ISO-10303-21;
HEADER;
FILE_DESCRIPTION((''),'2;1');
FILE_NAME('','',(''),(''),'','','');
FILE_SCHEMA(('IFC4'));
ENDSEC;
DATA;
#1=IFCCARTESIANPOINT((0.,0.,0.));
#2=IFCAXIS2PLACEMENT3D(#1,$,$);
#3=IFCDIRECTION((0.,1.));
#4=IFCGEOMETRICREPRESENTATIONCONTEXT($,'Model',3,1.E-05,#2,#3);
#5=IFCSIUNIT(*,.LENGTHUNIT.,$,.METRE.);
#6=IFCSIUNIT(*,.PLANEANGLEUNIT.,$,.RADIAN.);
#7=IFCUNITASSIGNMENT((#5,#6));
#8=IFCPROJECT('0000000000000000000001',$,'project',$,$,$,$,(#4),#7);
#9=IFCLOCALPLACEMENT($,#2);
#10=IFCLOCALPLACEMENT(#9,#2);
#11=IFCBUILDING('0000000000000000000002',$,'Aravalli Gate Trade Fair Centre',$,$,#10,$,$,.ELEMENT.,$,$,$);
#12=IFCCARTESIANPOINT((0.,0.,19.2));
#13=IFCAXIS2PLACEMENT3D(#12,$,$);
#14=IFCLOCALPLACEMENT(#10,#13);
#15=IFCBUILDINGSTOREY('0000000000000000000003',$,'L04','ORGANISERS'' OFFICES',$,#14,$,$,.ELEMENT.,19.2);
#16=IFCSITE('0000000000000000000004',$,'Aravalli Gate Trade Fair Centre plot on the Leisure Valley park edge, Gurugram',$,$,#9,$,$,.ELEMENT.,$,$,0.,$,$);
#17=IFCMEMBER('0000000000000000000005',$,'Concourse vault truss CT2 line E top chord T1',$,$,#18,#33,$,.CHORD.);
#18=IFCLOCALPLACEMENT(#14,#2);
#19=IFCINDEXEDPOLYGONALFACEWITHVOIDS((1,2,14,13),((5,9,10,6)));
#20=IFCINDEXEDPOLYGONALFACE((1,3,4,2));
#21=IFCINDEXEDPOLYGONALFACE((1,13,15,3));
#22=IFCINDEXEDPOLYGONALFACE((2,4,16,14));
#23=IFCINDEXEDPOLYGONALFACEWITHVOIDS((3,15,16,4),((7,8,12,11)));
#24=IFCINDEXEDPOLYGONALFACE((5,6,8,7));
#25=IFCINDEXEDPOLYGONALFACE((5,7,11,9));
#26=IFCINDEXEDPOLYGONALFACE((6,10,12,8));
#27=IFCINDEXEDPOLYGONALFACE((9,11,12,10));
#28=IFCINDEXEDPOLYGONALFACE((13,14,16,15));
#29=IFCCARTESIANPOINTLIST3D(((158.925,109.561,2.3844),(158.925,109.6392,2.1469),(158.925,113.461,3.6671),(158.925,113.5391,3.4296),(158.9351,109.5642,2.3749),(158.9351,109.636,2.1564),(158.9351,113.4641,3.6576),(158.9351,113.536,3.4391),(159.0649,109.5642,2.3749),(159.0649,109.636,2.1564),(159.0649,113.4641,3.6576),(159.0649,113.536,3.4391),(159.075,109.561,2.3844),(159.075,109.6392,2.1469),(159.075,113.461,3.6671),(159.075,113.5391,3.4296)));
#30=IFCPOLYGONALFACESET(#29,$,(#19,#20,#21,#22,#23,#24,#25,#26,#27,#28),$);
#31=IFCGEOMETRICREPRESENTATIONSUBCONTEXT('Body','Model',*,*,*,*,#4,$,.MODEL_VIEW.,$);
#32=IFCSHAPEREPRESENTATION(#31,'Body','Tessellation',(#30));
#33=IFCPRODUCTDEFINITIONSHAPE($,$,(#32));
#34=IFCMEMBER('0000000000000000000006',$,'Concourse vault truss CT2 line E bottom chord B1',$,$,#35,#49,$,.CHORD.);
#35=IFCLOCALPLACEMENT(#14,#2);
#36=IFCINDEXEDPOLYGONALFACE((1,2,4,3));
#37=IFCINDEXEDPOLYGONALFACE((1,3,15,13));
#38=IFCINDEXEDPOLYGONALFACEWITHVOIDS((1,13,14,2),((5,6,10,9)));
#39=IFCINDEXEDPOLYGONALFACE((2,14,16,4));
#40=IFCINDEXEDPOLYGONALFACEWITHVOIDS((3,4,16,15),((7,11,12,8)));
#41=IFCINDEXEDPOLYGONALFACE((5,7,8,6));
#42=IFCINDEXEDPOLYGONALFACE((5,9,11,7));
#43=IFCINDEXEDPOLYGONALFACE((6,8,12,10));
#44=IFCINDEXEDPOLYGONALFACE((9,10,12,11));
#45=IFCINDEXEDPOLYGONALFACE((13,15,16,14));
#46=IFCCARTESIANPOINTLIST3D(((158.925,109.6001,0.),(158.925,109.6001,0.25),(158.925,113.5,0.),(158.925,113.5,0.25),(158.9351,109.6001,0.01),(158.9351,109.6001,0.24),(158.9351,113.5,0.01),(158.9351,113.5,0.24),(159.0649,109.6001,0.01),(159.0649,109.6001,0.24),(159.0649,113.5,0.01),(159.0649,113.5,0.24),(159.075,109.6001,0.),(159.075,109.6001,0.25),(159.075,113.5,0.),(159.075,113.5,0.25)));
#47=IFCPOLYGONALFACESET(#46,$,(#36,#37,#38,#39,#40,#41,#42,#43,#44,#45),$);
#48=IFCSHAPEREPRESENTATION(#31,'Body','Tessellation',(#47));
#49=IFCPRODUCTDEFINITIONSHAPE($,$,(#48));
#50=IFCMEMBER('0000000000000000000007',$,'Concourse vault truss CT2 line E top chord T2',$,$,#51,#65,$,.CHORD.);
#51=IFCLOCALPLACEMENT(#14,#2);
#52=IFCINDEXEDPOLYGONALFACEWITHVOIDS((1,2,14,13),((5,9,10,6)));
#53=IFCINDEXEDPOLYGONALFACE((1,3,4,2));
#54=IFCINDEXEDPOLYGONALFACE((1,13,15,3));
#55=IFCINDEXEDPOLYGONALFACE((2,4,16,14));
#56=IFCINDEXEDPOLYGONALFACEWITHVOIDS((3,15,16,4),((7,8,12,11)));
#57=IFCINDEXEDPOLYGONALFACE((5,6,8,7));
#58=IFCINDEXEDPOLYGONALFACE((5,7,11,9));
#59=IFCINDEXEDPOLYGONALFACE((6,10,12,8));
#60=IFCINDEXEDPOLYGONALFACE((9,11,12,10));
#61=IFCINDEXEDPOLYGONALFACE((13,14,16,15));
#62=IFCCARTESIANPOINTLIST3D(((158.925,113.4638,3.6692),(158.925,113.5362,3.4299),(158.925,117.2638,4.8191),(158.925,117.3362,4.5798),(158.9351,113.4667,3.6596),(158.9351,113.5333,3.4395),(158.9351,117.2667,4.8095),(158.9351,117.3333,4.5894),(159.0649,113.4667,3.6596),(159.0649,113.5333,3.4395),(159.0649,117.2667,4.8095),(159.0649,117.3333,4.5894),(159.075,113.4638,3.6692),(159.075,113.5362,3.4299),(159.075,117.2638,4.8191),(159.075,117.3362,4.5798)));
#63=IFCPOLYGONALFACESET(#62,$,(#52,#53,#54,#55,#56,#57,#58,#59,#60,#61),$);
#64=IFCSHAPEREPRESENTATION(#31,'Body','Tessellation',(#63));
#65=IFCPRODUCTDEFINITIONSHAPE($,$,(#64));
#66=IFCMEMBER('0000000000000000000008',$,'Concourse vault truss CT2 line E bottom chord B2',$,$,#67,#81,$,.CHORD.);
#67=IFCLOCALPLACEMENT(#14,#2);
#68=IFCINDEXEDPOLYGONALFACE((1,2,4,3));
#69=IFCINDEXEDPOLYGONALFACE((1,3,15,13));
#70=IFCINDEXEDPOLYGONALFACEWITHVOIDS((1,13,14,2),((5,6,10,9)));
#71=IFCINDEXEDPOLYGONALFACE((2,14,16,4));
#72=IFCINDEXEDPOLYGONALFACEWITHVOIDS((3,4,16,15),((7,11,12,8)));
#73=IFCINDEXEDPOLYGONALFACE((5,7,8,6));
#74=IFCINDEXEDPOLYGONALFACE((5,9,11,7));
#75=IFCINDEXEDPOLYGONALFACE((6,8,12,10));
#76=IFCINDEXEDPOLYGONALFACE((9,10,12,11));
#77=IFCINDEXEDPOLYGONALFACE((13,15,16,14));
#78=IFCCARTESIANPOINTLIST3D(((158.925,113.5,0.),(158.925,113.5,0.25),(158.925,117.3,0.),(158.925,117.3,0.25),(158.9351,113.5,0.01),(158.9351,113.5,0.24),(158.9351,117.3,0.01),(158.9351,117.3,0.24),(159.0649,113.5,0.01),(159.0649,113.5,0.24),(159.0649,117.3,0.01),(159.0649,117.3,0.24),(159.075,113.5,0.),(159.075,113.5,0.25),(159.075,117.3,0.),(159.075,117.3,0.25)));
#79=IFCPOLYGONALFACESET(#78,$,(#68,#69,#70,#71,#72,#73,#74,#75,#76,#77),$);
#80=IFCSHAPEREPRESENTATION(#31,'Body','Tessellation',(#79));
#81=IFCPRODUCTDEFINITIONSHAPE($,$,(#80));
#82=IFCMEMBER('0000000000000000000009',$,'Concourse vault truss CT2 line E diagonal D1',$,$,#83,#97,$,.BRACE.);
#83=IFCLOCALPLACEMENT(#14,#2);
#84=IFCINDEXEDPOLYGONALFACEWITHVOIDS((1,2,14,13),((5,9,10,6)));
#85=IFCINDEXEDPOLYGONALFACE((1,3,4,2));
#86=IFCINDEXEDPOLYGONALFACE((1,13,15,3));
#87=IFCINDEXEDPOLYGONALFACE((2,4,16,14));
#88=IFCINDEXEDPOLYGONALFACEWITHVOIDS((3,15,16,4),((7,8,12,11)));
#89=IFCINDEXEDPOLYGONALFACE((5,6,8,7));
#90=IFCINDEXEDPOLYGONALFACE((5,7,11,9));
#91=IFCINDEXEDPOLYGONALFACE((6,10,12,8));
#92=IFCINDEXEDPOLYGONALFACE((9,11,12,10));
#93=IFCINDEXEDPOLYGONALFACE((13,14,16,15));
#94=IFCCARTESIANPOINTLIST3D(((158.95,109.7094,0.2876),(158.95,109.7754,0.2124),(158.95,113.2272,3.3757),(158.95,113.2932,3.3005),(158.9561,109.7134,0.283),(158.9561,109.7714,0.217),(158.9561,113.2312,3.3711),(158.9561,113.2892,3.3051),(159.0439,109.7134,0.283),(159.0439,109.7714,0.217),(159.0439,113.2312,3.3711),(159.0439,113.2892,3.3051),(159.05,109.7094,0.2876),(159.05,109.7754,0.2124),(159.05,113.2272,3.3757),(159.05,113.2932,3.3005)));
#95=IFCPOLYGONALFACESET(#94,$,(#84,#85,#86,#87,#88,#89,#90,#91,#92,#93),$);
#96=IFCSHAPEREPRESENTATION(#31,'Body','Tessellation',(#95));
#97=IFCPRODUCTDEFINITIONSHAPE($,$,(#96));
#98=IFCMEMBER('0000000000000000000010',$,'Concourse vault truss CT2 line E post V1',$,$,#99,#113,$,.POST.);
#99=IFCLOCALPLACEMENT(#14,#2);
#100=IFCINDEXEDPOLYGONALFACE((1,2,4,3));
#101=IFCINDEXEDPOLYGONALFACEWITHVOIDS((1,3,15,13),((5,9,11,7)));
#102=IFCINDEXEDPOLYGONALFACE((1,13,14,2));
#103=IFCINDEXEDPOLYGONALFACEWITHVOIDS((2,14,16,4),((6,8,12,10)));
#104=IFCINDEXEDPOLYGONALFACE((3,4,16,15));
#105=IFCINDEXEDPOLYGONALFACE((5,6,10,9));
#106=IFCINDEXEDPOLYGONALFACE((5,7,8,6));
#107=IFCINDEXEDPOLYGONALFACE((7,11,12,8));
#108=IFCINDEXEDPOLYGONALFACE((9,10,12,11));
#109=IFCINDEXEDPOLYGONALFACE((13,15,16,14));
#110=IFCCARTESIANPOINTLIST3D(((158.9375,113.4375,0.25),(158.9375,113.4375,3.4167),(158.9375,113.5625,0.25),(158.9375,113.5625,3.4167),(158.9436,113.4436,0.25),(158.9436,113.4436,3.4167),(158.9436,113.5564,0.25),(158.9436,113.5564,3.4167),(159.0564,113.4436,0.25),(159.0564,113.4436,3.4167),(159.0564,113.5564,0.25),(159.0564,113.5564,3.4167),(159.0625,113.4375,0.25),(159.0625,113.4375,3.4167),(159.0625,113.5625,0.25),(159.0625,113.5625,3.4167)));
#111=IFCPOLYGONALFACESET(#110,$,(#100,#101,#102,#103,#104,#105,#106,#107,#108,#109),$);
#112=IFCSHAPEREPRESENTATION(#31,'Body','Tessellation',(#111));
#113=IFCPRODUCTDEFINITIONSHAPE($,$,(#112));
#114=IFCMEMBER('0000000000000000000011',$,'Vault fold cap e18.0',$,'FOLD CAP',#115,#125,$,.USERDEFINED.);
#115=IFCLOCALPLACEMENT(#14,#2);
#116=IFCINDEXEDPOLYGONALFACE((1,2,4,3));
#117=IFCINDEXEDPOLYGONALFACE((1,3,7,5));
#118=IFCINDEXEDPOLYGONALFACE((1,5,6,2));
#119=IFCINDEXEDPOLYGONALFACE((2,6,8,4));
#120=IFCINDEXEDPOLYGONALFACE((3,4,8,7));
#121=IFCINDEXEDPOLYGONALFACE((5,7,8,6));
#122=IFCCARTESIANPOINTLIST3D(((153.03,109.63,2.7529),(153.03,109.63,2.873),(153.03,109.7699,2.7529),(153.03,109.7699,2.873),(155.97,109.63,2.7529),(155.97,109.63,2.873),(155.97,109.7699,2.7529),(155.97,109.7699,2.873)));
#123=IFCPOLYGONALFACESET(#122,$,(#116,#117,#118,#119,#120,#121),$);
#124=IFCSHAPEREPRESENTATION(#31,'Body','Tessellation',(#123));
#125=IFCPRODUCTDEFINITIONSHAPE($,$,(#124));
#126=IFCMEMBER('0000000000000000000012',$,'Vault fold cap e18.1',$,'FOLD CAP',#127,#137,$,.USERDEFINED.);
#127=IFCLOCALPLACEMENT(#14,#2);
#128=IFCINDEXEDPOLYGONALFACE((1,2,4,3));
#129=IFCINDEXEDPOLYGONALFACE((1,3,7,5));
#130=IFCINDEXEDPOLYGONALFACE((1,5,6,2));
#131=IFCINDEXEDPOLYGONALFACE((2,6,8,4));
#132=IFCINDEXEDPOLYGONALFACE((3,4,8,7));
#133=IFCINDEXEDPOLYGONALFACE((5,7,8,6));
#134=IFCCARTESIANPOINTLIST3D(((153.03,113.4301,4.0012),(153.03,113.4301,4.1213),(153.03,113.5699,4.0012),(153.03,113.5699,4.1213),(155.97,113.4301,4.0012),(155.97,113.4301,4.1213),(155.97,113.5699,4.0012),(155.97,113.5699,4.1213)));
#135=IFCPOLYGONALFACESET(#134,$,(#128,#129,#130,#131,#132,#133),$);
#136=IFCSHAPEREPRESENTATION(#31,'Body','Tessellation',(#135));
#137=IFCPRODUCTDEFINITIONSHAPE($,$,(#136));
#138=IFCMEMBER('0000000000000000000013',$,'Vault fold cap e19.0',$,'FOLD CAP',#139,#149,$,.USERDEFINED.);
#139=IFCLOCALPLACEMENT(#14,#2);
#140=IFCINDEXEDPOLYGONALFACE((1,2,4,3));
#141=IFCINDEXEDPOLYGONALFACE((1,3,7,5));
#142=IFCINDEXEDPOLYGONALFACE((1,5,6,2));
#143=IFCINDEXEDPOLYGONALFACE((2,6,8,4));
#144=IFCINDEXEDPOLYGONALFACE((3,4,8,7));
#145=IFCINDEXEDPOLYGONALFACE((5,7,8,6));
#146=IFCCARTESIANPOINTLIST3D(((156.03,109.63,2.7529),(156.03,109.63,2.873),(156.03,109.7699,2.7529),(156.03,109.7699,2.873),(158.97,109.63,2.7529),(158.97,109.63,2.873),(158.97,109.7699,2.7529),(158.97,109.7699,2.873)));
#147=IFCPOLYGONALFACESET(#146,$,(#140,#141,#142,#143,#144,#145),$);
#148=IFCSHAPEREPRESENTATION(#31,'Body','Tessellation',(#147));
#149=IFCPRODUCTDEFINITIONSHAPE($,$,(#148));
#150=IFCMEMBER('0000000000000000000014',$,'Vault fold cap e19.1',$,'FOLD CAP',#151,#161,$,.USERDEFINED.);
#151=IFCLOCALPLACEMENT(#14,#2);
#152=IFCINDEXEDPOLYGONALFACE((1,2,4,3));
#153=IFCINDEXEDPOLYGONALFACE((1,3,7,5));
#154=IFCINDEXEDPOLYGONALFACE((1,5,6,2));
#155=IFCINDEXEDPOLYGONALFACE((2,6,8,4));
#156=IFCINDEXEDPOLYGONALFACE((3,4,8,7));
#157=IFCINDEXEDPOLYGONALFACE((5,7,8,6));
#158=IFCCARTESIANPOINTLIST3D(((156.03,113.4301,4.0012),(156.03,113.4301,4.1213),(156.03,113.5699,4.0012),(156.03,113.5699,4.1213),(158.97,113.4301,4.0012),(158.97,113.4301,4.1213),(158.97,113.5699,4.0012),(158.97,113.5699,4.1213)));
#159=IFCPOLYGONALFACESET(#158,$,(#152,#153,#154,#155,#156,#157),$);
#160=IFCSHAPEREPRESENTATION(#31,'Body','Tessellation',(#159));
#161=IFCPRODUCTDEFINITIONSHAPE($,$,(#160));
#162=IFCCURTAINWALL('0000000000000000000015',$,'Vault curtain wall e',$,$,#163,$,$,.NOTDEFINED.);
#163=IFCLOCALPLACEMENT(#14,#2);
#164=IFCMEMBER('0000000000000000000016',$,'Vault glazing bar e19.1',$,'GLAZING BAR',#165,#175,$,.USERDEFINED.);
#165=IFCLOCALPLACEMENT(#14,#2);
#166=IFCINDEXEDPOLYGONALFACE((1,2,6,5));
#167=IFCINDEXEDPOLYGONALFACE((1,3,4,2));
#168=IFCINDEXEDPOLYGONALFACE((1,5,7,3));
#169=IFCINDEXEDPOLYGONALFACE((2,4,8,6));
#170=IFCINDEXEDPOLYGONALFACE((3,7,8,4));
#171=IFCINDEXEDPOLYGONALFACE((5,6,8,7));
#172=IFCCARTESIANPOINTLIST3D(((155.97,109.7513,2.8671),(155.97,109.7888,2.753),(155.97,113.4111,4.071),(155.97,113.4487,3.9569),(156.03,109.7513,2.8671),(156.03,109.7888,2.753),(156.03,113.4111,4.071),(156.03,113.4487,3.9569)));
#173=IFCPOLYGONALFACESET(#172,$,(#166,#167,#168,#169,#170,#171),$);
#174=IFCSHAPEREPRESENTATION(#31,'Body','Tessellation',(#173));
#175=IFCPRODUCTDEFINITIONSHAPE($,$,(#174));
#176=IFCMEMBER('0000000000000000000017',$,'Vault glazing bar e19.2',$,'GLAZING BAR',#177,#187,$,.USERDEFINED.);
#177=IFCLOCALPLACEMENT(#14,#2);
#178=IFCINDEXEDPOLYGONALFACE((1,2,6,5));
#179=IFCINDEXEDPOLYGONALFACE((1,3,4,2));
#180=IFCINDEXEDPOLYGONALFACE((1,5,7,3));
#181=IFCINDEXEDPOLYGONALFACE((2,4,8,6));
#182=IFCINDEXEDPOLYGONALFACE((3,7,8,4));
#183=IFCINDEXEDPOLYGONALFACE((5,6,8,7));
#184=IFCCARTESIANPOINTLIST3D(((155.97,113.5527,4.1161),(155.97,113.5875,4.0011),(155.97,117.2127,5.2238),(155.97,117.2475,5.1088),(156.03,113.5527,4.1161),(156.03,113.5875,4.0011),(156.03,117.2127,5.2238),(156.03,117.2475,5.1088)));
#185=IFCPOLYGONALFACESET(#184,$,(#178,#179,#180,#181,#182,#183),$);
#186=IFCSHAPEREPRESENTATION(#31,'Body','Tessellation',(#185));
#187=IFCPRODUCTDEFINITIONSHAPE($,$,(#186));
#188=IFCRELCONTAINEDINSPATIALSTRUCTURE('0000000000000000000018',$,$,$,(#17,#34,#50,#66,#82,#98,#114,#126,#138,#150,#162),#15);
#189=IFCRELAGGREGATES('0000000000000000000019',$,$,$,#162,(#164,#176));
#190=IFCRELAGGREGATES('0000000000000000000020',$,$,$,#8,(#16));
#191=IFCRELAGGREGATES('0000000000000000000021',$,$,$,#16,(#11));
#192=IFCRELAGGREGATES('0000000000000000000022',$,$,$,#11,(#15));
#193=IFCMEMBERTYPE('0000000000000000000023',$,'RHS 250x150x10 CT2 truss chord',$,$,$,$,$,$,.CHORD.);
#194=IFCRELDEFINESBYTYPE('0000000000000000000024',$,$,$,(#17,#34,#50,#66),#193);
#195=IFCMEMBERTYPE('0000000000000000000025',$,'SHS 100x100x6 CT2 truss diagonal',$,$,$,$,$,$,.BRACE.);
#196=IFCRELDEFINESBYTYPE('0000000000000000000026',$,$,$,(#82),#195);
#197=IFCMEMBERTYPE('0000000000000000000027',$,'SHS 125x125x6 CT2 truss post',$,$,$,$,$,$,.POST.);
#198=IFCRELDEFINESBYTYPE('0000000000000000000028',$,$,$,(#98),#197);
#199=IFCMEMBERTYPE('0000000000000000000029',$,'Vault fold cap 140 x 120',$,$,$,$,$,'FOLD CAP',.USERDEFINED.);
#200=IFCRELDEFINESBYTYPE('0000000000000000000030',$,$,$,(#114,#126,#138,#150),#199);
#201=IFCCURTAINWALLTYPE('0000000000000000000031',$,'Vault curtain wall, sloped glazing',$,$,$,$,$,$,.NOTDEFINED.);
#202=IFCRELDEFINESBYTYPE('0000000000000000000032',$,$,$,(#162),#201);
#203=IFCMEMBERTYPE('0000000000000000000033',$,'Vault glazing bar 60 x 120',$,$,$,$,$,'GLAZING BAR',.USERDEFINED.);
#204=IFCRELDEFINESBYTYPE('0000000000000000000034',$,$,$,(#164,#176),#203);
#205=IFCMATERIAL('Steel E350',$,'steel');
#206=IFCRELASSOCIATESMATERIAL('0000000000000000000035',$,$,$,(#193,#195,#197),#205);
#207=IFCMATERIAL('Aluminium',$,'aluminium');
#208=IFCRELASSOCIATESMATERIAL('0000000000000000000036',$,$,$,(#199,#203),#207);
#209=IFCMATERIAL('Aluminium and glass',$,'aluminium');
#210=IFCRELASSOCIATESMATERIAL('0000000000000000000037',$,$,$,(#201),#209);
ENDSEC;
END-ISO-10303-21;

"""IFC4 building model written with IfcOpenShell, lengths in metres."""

from ifc_helpers import new_model, si_unit, direction, frame, origin, origin_2d, place, context, subcontext, project, spatial, rectangle, hollow_rectangle, extrude, material, material_profile, profile_set, type_object, element, aggregate, save


model = new_model("IFC4")

# Units and contexts
model_context = context("Model", 3, precision=1e-05, world=origin(), true_north=direction((0.0, 1.0)))
body_context = subcontext(model_context, "Body", "Model", "MODEL_VIEW")
ifc_project = project(units=[si_unit("LENGTHUNIT", "METRE"), si_unit("PLANEANGLEUNIT", "RADIAN")], contexts=[model_context])

# Site, building, storey
site_placement = place(None, origin())
site = spatial("IfcSite", under=ifc_project, at=site_placement, Name="Aravalli Gate Trade Fair Centre plot on the Leisure Valley park edge, Gurugram", CompositionType="ELEMENT", RefElevation=0.0)
building_placement = place(site_placement, origin())
building = spatial("IfcBuilding", under=site, at=building_placement, Name="Aravalli Gate Trade Fair Centre", CompositionType="ELEMENT")
storey_placement = place(building_placement, frame((0.0, 0.0, 19.2)))
storey = spatial("IfcBuildingStorey", under=building, at=storey_placement, Name="L04", Description="ORGANISERS' OFFICES", CompositionType="ELEMENT", Elevation=19.2)

# Members
ifc_material_1 = material(Name="Steel E350", Category="steel")
ifc_material_profile_1 = material_profile(ifc_material_1, hollow_rectangle(XDim=0.1499, YDim=0.25, WallThickness=0.01, at=origin_2d()), Name="RHS 250x150x10")
ifc_profile_set_1 = profile_set([ifc_material_profile_1], Name="Steel E350")
member_type_1 = type_object("IfcMemberType", Name="RHS 250x150x10 CT2 truss chord", PredefinedType="CHORD", material=ifc_profile_set_1)
member_1_placement = place(storey_placement, frame((159.0, 109.6001, 2.2656), z_axis=(0.0, 0.949936, 0.312443), x_axis=(-1.0, 0.0, 0.0)))
element("IfcMember", 1, at=member_1_placement, inside=storey, type_object=member_type_1, Name="Concourse vault truss CT2 line E top chord T1", PredefinedType="CHORD", context=body_context, shape_type="SweptSolid", body=[
    extrude(hollow_rectangle(XDim=0.1499, YDim=0.25, WallThickness=0.01, at=origin_2d()), origin(), (0.0, 0.0, 1.0), 4.1055),
])
member_2_placement = place(storey_placement, frame((159.0, 109.6001, 0.125), z_axis=(0.0, 1.0, 0.0), x_axis=(-1.0, 0.0, 0.0)))
element("IfcMember", 2, at=member_2_placement, inside=storey, type_object=member_type_1, Name="Concourse vault truss CT2 line E bottom chord B1", PredefinedType="CHORD", context=body_context, shape_type="SweptSolid", body=[
    extrude(hollow_rectangle(XDim=0.1499, YDim=0.25, WallThickness=0.01, at=origin_2d()), origin(), (0.0, 0.0, 1.0), 3.8999),
])
member_3_placement = place(storey_placement, frame((159.0, 113.5, 3.5496), z_axis=(0.0, 0.957138, 0.289632), x_axis=(-1.0, 0.0, 0.0)))
element("IfcMember", 3, at=member_3_placement, inside=storey, type_object=member_type_1, Name="Concourse vault truss CT2 line E top chord T2", PredefinedType="CHORD", context=body_context, shape_type="SweptSolid", body=[
    extrude(hollow_rectangle(XDim=0.1499, YDim=0.25, WallThickness=0.01, at=origin_2d()), origin(), (0.0, 0.0, 1.0), 3.9702),
])
member_4_placement = place(storey_placement, frame((159.0, 113.5, 0.125), z_axis=(0.0, 1.0, 0.0), x_axis=(-1.0, 0.0, 0.0)))
element("IfcMember", 4, at=member_4_placement, inside=storey, type_object=member_type_1, Name="Concourse vault truss CT2 line E bottom chord B2", PredefinedType="CHORD", context=body_context, shape_type="SweptSolid", body=[
    extrude(hollow_rectangle(XDim=0.1499, YDim=0.25, WallThickness=0.01, at=origin_2d()), origin(), (0.0, 0.0, 1.0), 3.8),
])
ifc_material_profile_2 = material_profile(ifc_material_1, hollow_rectangle(XDim=0.1001, YDim=0.1001, WallThickness=0.0061, at=origin_2d()), Name="SHS 100x100x6")
ifc_profile_set_2 = profile_set([ifc_material_profile_2], Name="Steel E350")
member_type_2 = type_object("IfcMemberType", Name="SHS 100x100x6 CT2 truss diagonal", PredefinedType="BRACE", material=ifc_profile_set_2)
member_5_placement = place(storey_placement, frame((159.0, 109.7424, 0.25), z_axis=(0.0, 0.751513, 0.659719), x_axis=(-1.0, 0.0, 0.0)))
element("IfcMember", 5, at=member_5_placement, inside=storey, type_object=member_type_2, Name="Concourse vault truss CT2 line E diagonal D1", PredefinedType="BRACE", context=body_context, shape_type="SweptSolid", body=[
    extrude(hollow_rectangle(XDim=0.1001, YDim=0.1001, WallThickness=0.0061, at=origin_2d()), origin(), (0.0, 0.0, 1.0), 4.6809),
])
ifc_material_profile_3 = material_profile(ifc_material_1, hollow_rectangle(XDim=0.125, YDim=0.125, WallThickness=0.0061, at=origin_2d()), Name="SHS 125x125x6")
ifc_profile_set_3 = profile_set([ifc_material_profile_3], Name="Steel E350")
member_type_3 = type_object("IfcMemberType", Name="SHS 125x125x6 CT2 truss post", PredefinedType="POST", material=ifc_profile_set_3)
member_6_placement = place(storey_placement, frame((159.0, 113.5, 0.25), z_axis=(0.0, 0.0, 1.0), x_axis=(1.0, 0.0, 0.0)))
element("IfcMember", 6, at=member_6_placement, inside=storey, type_object=member_type_3, Name="Concourse vault truss CT2 line E post V1", PredefinedType="POST", context=body_context, shape_type="SweptSolid", body=[
    extrude(hollow_rectangle(XDim=0.125, YDim=0.125, WallThickness=0.0061, at=origin_2d()), origin(), (0.0, 0.0, 1.0), 3.1667),
])
ifc_material_2 = material(Name="Aluminium", Category="aluminium")
ifc_material_profile_4 = material_profile(ifc_material_2, rectangle(XDim=0.1399, YDim=0.1201, at=origin_2d()), Name="Vault fold cap 140 x 120")
ifc_profile_set_4 = profile_set([ifc_material_profile_4], Name="Aluminium")
member_type_4 = type_object("IfcMemberType", Name="Vault fold cap 140 x 120", ElementType="FOLD CAP", PredefinedType="USERDEFINED", material=ifc_profile_set_4)
for number, where, z_axis, x_axis, name in (
    (7, (153.03, 109.7, 2.813), (1.0, 0.0, 0.0), (0.0, 1.0, 0.0), "Vault fold cap e18.0"),
    (8, (153.03, 113.5, 4.0613), (1.0, 0.0, 0.0), (0.0, 1.0, 0.0), "Vault fold cap e18.1"),
    (9, (156.03, 109.7, 2.813), (1.0, 0.0, 0.0), (0.0, 1.0, 0.0), "Vault fold cap e19.0"),
    (10, (156.03, 113.5, 4.0613), (1.0, 0.0, 0.0), (0.0, 1.0, 0.0), "Vault fold cap e19.1"),
):
    element("IfcMember", number, at=place(storey_placement, frame(where, z_axis=z_axis, x_axis=x_axis)), inside=storey, type_object=member_type_4, Name=name, ObjectType="FOLD CAP", PredefinedType="USERDEFINED", context=body_context, shape_type="SweptSolid", body=[
        extrude(rectangle(XDim=0.1399, YDim=0.1201, at=origin_2d()), origin(), (0.0, 0.0, 1.0), 2.9399),
    ])

# Curtain wall, members
ifc_material_3 = material(Name="Aluminium and glass", Category="aluminium")
curtain_wall_type = type_object("IfcCurtainWallType", Name="Vault curtain wall, sloped glazing", PredefinedType="NOTDEFINED", material=ifc_material_3)
curtain_wall_placement = place(storey_placement, origin())
curtain_wall = element("IfcCurtainWall", 11, at=curtain_wall_placement, inside=storey, type_object=curtain_wall_type, Name="Vault curtain wall e", PredefinedType="NOTDEFINED")
ifc_material_profile_5 = material_profile(ifc_material_2, rectangle(XDim=0.0601, YDim=0.1201, at=origin_2d()), Name="Vault glazing bar 60 x 120")
ifc_profile_set_5 = profile_set([ifc_material_profile_5], Name="Aluminium")
member_type_5 = type_object("IfcMemberType", Name="Vault glazing bar 60 x 120", ElementType="GLAZING BAR", PredefinedType="USERDEFINED", material=ifc_profile_set_5)
member_7_placement = place(storey_placement, frame((156.0, 109.77, 2.8101), z_axis=(0.0, 0.94993, 0.312461), x_axis=(-1.0, 0.0, 0.0)))
member_7 = element("IfcMember", 12, at=member_7_placement, type_object=member_type_5, Name="Vault glazing bar e19.1", ObjectType="GLAZING BAR", PredefinedType="USERDEFINED", context=body_context, shape_type="SweptSolid", body=[
    extrude(rectangle(XDim=0.0601, YDim=0.1201, at=origin_2d()), origin(), (0.0, 0.0, 1.0), 3.8528),
])
member_8_placement = place(storey_placement, frame((156.0, 113.5701, 4.0586), z_axis=(0.0, 0.957126, 0.289672), x_axis=(-1.0, 0.0, 0.0)))
member_8 = element("IfcMember", 13, at=member_8_placement, type_object=member_type_5, Name="Vault glazing bar e19.2", ObjectType="GLAZING BAR", PredefinedType="USERDEFINED", context=body_context, shape_type="SweptSolid", body=[
    extrude(rectangle(XDim=0.0601, YDim=0.1201, at=origin_2d()), origin(), (0.0, 0.0, 1.0), 3.824),
])
aggregate(curtain_wall, [member_7, member_8])

save(model, "model.ifc")
